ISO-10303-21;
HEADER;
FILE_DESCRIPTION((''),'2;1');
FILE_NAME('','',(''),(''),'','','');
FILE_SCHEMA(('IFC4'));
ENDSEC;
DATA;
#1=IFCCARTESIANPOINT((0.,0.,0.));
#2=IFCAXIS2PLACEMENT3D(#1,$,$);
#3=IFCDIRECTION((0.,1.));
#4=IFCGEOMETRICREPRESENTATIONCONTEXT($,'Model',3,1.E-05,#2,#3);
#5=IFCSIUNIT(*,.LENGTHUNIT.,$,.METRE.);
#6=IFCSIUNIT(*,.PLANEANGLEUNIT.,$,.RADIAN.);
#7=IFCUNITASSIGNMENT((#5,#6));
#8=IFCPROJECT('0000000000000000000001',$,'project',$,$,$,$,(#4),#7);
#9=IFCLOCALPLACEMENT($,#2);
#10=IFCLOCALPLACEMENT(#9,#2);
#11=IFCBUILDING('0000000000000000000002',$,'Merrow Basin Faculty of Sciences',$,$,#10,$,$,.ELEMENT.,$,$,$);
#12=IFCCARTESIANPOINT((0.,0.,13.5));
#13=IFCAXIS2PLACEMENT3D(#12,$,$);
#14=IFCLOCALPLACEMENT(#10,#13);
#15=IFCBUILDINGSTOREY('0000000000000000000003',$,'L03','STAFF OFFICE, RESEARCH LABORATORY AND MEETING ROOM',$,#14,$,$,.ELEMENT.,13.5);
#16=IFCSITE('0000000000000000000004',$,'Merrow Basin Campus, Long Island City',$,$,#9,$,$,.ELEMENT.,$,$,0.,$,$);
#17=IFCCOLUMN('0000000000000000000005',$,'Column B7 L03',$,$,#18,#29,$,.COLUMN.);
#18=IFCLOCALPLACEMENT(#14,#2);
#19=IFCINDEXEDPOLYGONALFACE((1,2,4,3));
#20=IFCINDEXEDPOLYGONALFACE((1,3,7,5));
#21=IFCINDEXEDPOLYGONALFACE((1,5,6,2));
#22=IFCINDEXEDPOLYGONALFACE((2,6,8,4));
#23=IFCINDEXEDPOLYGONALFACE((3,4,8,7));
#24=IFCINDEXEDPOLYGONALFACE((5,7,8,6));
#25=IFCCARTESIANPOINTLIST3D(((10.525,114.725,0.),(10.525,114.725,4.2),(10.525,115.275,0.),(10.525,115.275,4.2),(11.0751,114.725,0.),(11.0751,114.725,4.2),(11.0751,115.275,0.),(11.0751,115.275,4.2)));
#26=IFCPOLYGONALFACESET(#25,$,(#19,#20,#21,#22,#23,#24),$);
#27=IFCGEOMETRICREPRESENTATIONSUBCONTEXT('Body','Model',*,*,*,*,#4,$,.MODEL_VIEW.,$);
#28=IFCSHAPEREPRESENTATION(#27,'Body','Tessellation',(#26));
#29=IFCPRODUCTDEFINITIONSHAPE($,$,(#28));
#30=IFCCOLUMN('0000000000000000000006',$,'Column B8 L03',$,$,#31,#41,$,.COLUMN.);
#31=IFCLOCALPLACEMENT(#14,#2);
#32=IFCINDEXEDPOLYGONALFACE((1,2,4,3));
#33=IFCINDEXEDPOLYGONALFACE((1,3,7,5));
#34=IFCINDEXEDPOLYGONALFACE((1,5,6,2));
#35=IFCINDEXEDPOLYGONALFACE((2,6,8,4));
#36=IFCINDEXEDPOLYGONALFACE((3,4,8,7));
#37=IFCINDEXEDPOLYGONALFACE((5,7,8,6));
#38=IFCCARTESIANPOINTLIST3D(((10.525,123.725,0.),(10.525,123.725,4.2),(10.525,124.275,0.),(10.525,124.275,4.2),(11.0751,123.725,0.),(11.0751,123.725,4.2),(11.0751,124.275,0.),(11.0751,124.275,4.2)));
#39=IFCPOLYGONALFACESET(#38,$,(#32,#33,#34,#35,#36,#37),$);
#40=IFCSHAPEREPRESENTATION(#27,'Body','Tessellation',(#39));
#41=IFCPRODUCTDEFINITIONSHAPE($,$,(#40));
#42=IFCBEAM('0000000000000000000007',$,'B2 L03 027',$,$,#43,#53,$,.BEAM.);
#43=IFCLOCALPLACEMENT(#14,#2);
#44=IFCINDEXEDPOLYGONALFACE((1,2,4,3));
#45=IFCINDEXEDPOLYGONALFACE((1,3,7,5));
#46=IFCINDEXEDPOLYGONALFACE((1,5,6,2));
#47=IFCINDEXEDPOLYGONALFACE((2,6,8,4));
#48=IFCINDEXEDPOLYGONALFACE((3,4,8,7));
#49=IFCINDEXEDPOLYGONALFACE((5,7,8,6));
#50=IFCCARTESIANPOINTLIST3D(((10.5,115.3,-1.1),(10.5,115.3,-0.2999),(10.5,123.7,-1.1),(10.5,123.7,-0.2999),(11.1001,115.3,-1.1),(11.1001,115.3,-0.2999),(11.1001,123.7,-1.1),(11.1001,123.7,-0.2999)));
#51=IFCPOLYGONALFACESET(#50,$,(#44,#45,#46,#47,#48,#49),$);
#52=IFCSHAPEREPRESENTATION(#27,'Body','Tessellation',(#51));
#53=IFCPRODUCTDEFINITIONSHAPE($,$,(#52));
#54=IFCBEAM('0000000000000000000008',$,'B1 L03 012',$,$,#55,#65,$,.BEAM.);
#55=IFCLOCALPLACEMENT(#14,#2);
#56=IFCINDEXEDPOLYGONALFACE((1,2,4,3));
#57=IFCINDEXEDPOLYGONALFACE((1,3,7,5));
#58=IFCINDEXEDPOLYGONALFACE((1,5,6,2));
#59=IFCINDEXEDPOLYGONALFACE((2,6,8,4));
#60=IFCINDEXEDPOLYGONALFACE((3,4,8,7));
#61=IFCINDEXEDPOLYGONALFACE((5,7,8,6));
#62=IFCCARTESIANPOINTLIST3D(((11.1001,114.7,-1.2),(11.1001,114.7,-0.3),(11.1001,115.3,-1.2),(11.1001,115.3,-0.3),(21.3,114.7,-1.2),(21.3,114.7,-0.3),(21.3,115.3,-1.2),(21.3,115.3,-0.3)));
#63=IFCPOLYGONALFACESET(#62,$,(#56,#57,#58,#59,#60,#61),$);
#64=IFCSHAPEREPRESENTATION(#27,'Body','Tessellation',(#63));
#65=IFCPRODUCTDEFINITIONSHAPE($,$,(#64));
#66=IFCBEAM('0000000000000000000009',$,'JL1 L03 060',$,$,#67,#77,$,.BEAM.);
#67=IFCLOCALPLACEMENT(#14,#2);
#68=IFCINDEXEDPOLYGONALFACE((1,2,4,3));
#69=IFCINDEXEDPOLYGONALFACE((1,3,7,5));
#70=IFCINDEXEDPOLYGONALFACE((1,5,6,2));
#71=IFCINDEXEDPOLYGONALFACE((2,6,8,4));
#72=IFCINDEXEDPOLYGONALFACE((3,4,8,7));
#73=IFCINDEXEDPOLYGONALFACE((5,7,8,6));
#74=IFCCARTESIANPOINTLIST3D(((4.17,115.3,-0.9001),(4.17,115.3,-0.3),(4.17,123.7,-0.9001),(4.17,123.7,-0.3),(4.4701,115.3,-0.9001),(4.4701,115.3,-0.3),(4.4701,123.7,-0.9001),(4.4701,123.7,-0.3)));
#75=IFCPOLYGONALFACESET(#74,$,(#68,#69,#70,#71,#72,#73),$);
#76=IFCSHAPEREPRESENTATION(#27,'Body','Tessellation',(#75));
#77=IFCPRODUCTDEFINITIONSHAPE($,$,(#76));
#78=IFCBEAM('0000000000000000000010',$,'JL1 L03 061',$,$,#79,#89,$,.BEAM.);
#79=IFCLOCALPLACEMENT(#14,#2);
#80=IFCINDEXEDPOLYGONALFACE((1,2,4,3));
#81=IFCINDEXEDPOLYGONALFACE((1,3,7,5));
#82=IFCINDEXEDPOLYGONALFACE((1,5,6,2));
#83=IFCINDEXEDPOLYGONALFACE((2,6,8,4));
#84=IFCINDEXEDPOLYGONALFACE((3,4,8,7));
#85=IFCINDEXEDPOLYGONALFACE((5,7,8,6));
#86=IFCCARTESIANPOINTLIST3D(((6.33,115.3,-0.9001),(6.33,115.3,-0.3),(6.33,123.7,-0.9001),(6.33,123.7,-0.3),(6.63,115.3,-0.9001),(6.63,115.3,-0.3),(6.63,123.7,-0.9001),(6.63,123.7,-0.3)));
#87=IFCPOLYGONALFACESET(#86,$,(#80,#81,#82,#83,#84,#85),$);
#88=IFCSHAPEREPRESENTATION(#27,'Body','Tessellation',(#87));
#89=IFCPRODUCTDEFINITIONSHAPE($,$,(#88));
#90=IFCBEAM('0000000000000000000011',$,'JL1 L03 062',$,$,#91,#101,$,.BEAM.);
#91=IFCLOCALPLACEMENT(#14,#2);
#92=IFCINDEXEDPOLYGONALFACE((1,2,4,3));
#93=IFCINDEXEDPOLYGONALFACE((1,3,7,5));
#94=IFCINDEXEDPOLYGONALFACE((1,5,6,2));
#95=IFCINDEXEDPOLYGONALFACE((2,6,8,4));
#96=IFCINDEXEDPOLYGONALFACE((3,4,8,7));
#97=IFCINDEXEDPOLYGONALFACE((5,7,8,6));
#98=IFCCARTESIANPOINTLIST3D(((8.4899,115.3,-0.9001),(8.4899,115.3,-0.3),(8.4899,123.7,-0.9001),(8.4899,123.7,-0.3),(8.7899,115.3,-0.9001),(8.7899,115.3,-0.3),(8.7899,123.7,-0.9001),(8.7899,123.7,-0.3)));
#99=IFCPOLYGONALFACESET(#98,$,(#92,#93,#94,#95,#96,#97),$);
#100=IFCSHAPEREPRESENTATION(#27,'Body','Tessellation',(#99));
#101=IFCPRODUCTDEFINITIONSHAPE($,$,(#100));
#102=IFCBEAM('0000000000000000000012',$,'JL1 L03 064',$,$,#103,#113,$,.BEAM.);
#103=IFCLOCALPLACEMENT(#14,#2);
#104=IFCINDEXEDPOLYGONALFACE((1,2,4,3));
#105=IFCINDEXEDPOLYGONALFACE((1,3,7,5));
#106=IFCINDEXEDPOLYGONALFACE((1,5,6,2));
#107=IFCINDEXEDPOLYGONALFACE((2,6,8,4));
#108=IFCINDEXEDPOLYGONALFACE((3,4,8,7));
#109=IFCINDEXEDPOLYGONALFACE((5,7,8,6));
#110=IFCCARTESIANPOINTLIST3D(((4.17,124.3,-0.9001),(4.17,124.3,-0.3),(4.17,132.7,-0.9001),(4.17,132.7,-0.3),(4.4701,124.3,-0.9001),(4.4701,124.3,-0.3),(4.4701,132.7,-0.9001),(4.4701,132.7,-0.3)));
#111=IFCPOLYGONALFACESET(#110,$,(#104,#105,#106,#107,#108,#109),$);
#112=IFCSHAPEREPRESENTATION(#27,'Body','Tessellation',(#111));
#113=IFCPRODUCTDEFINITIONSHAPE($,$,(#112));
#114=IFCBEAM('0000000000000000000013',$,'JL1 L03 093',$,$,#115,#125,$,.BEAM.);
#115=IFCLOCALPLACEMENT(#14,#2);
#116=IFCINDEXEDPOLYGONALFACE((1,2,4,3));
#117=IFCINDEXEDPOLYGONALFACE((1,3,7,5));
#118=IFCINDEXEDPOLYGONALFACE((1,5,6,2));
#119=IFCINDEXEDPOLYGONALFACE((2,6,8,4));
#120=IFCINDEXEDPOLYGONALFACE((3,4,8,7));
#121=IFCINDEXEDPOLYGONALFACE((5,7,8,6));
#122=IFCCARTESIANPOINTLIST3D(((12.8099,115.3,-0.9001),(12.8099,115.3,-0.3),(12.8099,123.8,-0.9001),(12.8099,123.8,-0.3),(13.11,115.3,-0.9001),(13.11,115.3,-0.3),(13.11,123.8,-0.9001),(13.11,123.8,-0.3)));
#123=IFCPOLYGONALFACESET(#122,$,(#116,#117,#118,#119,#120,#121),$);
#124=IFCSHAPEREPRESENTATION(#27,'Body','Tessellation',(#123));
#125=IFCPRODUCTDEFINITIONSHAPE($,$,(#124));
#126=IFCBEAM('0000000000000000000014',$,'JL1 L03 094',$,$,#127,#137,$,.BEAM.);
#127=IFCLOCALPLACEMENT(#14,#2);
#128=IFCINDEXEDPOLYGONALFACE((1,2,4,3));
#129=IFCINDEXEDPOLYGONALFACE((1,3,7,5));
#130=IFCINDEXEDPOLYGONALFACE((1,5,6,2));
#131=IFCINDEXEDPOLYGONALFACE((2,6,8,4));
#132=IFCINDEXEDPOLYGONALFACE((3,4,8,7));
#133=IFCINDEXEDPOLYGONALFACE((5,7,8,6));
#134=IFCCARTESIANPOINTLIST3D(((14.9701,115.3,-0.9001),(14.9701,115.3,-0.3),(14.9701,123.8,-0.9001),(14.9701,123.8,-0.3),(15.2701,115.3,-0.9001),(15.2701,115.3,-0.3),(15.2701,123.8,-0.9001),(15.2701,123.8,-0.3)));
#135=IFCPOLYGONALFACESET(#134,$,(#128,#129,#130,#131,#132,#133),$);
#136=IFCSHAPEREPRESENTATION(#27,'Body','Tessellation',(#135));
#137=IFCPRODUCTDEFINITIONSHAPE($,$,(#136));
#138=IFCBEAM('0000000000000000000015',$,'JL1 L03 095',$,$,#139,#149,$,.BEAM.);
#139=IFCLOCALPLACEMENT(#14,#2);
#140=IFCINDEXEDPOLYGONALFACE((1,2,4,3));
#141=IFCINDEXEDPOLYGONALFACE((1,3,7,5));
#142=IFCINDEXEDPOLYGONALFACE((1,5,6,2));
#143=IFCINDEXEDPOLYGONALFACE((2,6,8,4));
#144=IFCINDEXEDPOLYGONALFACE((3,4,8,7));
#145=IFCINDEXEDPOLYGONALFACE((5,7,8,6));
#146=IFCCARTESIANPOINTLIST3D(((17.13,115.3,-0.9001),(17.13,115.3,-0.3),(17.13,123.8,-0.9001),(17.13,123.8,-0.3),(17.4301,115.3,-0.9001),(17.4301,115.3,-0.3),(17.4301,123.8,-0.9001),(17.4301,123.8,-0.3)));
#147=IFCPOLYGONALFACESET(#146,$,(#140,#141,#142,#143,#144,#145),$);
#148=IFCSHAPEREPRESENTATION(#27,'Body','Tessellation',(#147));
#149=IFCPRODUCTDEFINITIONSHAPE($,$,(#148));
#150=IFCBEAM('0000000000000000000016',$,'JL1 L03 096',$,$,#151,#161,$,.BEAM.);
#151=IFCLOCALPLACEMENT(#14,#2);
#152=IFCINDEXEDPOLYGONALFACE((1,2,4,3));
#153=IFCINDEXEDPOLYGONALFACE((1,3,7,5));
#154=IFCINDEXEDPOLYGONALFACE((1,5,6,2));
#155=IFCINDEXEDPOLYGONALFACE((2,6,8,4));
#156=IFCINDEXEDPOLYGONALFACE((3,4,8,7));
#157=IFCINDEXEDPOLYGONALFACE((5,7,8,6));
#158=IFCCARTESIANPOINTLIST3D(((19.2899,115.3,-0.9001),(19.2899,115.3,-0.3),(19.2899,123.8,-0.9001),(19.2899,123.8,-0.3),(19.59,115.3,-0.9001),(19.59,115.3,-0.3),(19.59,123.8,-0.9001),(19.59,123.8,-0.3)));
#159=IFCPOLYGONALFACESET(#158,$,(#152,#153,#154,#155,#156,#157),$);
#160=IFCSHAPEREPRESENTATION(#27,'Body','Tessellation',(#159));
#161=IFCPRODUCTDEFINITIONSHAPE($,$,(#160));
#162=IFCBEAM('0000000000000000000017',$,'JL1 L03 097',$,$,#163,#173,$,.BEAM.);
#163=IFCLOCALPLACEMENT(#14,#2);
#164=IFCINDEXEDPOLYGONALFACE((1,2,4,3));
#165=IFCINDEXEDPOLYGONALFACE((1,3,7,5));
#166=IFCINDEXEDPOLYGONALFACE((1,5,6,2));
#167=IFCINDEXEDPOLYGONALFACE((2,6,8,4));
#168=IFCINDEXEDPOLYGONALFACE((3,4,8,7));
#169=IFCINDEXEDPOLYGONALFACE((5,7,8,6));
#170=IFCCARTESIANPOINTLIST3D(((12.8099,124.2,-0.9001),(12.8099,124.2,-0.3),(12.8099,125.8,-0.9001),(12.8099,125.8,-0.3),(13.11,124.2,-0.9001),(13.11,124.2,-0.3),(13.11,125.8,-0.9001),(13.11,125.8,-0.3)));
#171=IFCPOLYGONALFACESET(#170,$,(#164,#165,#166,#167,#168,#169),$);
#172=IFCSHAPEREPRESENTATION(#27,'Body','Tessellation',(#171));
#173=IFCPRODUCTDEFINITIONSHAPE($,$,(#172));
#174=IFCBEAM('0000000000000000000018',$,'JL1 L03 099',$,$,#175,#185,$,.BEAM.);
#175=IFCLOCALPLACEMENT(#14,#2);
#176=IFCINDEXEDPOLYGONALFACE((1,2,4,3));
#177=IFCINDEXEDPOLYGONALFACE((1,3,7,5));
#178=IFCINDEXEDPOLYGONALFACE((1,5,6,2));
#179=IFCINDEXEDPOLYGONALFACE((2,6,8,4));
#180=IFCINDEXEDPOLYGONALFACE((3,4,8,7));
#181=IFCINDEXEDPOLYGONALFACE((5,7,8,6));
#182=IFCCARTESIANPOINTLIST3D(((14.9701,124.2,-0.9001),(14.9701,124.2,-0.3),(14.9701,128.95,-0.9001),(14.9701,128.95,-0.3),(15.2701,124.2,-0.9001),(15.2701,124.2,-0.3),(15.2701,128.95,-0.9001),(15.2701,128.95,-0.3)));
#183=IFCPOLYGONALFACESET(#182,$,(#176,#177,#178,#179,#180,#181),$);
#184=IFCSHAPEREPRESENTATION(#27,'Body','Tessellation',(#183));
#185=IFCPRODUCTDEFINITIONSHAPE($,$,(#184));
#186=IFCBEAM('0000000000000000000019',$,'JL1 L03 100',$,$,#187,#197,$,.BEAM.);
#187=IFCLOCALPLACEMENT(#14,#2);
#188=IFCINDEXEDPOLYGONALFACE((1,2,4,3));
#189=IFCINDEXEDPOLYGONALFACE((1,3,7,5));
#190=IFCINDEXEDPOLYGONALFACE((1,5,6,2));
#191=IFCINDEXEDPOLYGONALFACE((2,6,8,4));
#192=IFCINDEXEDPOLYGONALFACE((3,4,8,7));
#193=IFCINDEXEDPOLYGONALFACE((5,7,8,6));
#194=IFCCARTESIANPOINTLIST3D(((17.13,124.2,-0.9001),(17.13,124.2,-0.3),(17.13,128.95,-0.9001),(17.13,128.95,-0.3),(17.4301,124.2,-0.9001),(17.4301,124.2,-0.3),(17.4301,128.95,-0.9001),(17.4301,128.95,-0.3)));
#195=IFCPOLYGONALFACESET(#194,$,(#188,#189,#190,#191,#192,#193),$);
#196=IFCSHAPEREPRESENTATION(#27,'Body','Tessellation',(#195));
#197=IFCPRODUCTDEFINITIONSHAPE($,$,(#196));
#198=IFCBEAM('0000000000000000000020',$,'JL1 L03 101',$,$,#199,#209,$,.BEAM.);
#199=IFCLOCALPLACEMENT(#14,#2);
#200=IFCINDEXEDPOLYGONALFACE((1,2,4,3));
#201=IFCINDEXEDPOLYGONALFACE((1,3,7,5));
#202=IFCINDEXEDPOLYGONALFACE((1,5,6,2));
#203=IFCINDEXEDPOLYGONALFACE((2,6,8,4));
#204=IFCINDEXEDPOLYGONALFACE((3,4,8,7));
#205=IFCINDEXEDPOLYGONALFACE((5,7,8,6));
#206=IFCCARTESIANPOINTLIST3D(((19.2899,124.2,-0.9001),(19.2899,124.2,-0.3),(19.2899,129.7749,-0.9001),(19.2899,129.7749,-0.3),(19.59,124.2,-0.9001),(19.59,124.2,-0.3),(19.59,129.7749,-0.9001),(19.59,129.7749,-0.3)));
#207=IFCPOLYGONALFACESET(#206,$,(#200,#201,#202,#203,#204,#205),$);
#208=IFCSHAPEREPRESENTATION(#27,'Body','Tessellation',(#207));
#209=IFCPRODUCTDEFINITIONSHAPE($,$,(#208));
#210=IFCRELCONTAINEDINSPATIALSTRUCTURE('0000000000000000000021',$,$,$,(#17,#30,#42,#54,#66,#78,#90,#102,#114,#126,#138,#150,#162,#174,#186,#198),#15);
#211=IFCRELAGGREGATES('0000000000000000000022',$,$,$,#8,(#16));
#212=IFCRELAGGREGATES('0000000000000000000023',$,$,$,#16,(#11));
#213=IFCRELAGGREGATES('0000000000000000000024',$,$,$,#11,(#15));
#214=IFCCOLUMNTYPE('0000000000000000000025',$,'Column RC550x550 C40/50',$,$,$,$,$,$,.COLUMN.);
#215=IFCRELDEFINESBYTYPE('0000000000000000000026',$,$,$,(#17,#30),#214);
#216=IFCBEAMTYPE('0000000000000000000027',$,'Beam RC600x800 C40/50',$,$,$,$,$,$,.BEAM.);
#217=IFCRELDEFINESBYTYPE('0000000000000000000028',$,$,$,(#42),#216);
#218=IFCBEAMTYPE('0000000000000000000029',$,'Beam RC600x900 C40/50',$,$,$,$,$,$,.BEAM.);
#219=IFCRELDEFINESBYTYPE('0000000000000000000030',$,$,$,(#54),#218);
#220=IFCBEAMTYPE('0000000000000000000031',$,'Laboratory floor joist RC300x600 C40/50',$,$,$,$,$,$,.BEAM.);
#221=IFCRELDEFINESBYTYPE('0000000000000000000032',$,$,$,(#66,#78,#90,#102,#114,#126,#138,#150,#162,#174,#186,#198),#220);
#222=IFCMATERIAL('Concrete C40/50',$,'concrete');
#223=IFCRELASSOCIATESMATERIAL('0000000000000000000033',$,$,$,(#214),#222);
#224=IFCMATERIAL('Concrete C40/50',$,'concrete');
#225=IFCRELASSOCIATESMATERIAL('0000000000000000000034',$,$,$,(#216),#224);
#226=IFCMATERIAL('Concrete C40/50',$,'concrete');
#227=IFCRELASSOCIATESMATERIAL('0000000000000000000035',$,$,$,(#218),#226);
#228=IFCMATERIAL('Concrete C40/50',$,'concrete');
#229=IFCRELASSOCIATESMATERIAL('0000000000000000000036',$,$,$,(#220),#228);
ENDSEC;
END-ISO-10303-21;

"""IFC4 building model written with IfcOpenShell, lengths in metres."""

from ifc_helpers import new_model, si_unit, direction, frame, origin, origin_2d, place, context, subcontext, project, spatial, rectangle, extrude, material, material_profile, profile_set, type_object, element, save


model = new_model("IFC4")

# Units and contexts
model_context = context("Model", 3, precision=1e-05, world=origin(), true_north=direction((0.0, 1.0)))
body_context = subcontext(model_context, "Body", "Model", "MODEL_VIEW")
ifc_project = project(units=[si_unit("LENGTHUNIT", "METRE"), si_unit("PLANEANGLEUNIT", "RADIAN")], contexts=[model_context])

# Site, building, storey
site_placement = place(None, origin())
site = spatial("IfcSite", under=ifc_project, at=site_placement, Name="Merrow Basin Campus, Long Island City", CompositionType="ELEMENT", RefElevation=0.0)
building_placement = place(site_placement, origin())
building = spatial("IfcBuilding", under=site, at=building_placement, Name="Merrow Basin Faculty of Sciences", CompositionType="ELEMENT")
storey_placement = place(building_placement, frame((0.0, 0.0, 13.5)))
storey = spatial("IfcBuildingStorey", under=building, at=storey_placement, Name="L03", Description="STAFF OFFICE, RESEARCH LABORATORY AND MEETING ROOM", CompositionType="ELEMENT", Elevation=13.5)

# Columns
ifc_material_1 = material(Name="Concrete C40/50", Category="concrete")
ifc_material_profile_1 = material_profile(ifc_material_1, rectangle(XDim=0.55, YDim=0.55, at=origin_2d()))
ifc_profile_set_1 = profile_set([ifc_material_profile_1], Name="Concrete C40/50")
column_type = type_object("IfcColumnType", Name="Column RC550x550 C40/50", PredefinedType="COLUMN", material=ifc_profile_set_1)
for number, where, z_axis, x_axis, name in (
    (1, (10.8, 115.0, 0.0), (0.0, 0.0, 1.0), (1.0, 0.0, 0.0), "Column B7 L03"),
    (2, (10.8, 124.0, 0.0), (0.0, 0.0, 1.0), (1.0, 0.0, 0.0), "Column B8 L03"),
):
    element("IfcColumn", number, at=place(storey_placement, frame(where, z_axis=z_axis, x_axis=x_axis)), inside=storey, type_object=column_type, Name=name, PredefinedType="COLUMN", context=body_context, shape_type="SweptSolid", body=[
        extrude(rectangle(XDim=0.55, YDim=0.55, at=origin_2d()), origin(), (0.0, 0.0, 1.0), 4.2),
    ])

# Beams
ifc_material_2 = material(Name="Concrete C40/50", Category="concrete")
ifc_material_profile_2 = material_profile(ifc_material_2, rectangle(XDim=0.6001, YDim=0.8, at=origin_2d()))
ifc_profile_set_2 = profile_set([ifc_material_profile_2], Name="Concrete C40/50")
beam_type_1 = type_object("IfcBeamType", Name="Beam RC600x800 C40/50", PredefinedType="BEAM", material=ifc_profile_set_2)
beam_1_placement = place(storey_placement, frame((10.8, 115.3, -0.7), z_axis=(0.0, 1.0, 0.0), x_axis=(-1.0, 0.0, 0.0)))
element("IfcBeam", 3, at=beam_1_placement, inside=storey, type_object=beam_type_1, Name="B2 L03 027", PredefinedType="BEAM", context=body_context, shape_type="SweptSolid", body=[
    extrude(rectangle(XDim=0.6001, YDim=0.8, at=origin_2d()), origin(), (0.0, 0.0, 1.0), 8.3999),
])
ifc_material_3 = material(Name="Concrete C40/50", Category="concrete")
ifc_material_profile_3 = material_profile(ifc_material_3, rectangle(XDim=0.6001, YDim=0.8999, at=origin_2d()))
ifc_profile_set_3 = profile_set([ifc_material_profile_3], Name="Concrete C40/50")
beam_type_2 = type_object("IfcBeamType", Name="Beam RC600x900 C40/50", PredefinedType="BEAM", material=ifc_profile_set_3)
beam_2_placement = place(storey_placement, frame((11.1001, 115.0, -0.75), z_axis=(1.0, 0.0, 0.0), x_axis=(0.0, 1.0, 0.0)))
element("IfcBeam", 4, at=beam_2_placement, inside=storey, type_object=beam_type_2, Name="B1 L03 012", PredefinedType="BEAM", context=body_context, shape_type="SweptSolid", body=[
    extrude(rectangle(XDim=0.6001, YDim=0.8999, at=origin_2d()), origin(), (0.0, 0.0, 1.0), 10.2),
])
ifc_material_4 = material(Name="Concrete C40/50", Category="concrete")
ifc_material_profile_4 = material_profile(ifc_material_4, rectangle(XDim=0.3, YDim=0.6001, at=origin_2d()))
ifc_profile_set_4 = profile_set([ifc_material_profile_4], Name="Concrete C40/50")
beam_type_3 = type_object("IfcBeamType", Name="Laboratory floor joist RC300x600 C40/50", PredefinedType="BEAM", material=ifc_profile_set_4)
for number, where, z_axis, x_axis, name in (
    (5, (4.3201, 115.3, -0.6001), (0.0, 1.0, 0.0), (-1.0, 0.0, 0.0), "JL1 L03 060"),
    (6, (6.48, 115.3, -0.6001), (0.0, 1.0, 0.0), (-1.0, 0.0, 0.0), "JL1 L03 061"),
    (7, (8.6399, 115.3, -0.6001), (0.0, 1.0, 0.0), (-1.0, 0.0, 0.0), "JL1 L03 062"),
    (8, (4.3201, 124.3, -0.6001), (0.0, 1.0, 0.0), (-1.0, 0.0, 0.0), "JL1 L03 064"),
):
    element("IfcBeam", number, at=place(storey_placement, frame(where, z_axis=z_axis, x_axis=x_axis)), inside=storey, type_object=beam_type_3, Name=name, PredefinedType="BEAM", context=body_context, shape_type="SweptSolid", body=[
        extrude(rectangle(XDim=0.3, YDim=0.6001, at=origin_2d()), origin(), (0.0, 0.0, 1.0), 8.3999),
    ])
for number, where, z_axis, x_axis, name in (
    (9, (12.96, 115.3, -0.6001), (0.0, 1.0, 0.0), (-1.0, 0.0, 0.0), "JL1 L03 093"),
    (10, (15.1201, 115.3, -0.6001), (0.0, 1.0, 0.0), (-1.0, 0.0, 0.0), "JL1 L03 094"),
    (11, (17.28, 115.3, -0.6001), (0.0, 1.0, 0.0), (-1.0, 0.0, 0.0), "JL1 L03 095"),
    (12, (19.4399, 115.3, -0.6001), (0.0, 1.0, 0.0), (-1.0, 0.0, 0.0), "JL1 L03 096"),
):
    element("IfcBeam", number, at=place(storey_placement, frame(where, z_axis=z_axis, x_axis=x_axis)), inside=storey, type_object=beam_type_3, Name=name, PredefinedType="BEAM", context=body_context, shape_type="SweptSolid", body=[
        extrude(rectangle(XDim=0.3, YDim=0.6001, at=origin_2d()), origin(), (0.0, 0.0, 1.0), 8.5),
    ])
beam_3_placement = place(storey_placement, frame((12.96, 124.2, -0.6001), z_axis=(0.0, 1.0, 0.0), x_axis=(-1.0, 0.0, 0.0)))
element("IfcBeam", 13, at=beam_3_placement, inside=storey, type_object=beam_type_3, Name="JL1 L03 097", PredefinedType="BEAM", context=body_context, shape_type="SweptSolid", body=[
    extrude(rectangle(XDim=0.3, YDim=0.6001, at=origin_2d()), origin(), (0.0, 0.0, 1.0), 1.6001),
])
for number, where, z_axis, x_axis, name in (
    (14, (15.1201, 124.2, -0.6001), (0.0, 1.0, 0.0), (-1.0, 0.0, 0.0), "JL1 L03 099"),
    (15, (17.28, 124.2, -0.6001), (0.0, 1.0, 0.0), (-1.0, 0.0, 0.0), "JL1 L03 100"),
):
    element("IfcBeam", number, at=place(storey_placement, frame(where, z_axis=z_axis, x_axis=x_axis)), inside=storey, type_object=beam_type_3, Name=name, PredefinedType="BEAM", context=body_context, shape_type="SweptSolid", body=[
        extrude(rectangle(XDim=0.3, YDim=0.6001, at=origin_2d()), origin(), (0.0, 0.0, 1.0), 4.75),
    ])
beam_4_placement = place(storey_placement, frame((19.4399, 124.2, -0.6001), z_axis=(0.0, 1.0, 0.0), x_axis=(-1.0, 0.0, 0.0)))
element("IfcBeam", 16, at=beam_4_placement, inside=storey, type_object=beam_type_3, Name="JL1 L03 101", PredefinedType="BEAM", context=body_context, shape_type="SweptSolid", body=[
    extrude(rectangle(XDim=0.3, YDim=0.6001, at=origin_2d()), origin(), (0.0, 0.0, 1.0), 5.575),
])

save(model, "model.ifc")
